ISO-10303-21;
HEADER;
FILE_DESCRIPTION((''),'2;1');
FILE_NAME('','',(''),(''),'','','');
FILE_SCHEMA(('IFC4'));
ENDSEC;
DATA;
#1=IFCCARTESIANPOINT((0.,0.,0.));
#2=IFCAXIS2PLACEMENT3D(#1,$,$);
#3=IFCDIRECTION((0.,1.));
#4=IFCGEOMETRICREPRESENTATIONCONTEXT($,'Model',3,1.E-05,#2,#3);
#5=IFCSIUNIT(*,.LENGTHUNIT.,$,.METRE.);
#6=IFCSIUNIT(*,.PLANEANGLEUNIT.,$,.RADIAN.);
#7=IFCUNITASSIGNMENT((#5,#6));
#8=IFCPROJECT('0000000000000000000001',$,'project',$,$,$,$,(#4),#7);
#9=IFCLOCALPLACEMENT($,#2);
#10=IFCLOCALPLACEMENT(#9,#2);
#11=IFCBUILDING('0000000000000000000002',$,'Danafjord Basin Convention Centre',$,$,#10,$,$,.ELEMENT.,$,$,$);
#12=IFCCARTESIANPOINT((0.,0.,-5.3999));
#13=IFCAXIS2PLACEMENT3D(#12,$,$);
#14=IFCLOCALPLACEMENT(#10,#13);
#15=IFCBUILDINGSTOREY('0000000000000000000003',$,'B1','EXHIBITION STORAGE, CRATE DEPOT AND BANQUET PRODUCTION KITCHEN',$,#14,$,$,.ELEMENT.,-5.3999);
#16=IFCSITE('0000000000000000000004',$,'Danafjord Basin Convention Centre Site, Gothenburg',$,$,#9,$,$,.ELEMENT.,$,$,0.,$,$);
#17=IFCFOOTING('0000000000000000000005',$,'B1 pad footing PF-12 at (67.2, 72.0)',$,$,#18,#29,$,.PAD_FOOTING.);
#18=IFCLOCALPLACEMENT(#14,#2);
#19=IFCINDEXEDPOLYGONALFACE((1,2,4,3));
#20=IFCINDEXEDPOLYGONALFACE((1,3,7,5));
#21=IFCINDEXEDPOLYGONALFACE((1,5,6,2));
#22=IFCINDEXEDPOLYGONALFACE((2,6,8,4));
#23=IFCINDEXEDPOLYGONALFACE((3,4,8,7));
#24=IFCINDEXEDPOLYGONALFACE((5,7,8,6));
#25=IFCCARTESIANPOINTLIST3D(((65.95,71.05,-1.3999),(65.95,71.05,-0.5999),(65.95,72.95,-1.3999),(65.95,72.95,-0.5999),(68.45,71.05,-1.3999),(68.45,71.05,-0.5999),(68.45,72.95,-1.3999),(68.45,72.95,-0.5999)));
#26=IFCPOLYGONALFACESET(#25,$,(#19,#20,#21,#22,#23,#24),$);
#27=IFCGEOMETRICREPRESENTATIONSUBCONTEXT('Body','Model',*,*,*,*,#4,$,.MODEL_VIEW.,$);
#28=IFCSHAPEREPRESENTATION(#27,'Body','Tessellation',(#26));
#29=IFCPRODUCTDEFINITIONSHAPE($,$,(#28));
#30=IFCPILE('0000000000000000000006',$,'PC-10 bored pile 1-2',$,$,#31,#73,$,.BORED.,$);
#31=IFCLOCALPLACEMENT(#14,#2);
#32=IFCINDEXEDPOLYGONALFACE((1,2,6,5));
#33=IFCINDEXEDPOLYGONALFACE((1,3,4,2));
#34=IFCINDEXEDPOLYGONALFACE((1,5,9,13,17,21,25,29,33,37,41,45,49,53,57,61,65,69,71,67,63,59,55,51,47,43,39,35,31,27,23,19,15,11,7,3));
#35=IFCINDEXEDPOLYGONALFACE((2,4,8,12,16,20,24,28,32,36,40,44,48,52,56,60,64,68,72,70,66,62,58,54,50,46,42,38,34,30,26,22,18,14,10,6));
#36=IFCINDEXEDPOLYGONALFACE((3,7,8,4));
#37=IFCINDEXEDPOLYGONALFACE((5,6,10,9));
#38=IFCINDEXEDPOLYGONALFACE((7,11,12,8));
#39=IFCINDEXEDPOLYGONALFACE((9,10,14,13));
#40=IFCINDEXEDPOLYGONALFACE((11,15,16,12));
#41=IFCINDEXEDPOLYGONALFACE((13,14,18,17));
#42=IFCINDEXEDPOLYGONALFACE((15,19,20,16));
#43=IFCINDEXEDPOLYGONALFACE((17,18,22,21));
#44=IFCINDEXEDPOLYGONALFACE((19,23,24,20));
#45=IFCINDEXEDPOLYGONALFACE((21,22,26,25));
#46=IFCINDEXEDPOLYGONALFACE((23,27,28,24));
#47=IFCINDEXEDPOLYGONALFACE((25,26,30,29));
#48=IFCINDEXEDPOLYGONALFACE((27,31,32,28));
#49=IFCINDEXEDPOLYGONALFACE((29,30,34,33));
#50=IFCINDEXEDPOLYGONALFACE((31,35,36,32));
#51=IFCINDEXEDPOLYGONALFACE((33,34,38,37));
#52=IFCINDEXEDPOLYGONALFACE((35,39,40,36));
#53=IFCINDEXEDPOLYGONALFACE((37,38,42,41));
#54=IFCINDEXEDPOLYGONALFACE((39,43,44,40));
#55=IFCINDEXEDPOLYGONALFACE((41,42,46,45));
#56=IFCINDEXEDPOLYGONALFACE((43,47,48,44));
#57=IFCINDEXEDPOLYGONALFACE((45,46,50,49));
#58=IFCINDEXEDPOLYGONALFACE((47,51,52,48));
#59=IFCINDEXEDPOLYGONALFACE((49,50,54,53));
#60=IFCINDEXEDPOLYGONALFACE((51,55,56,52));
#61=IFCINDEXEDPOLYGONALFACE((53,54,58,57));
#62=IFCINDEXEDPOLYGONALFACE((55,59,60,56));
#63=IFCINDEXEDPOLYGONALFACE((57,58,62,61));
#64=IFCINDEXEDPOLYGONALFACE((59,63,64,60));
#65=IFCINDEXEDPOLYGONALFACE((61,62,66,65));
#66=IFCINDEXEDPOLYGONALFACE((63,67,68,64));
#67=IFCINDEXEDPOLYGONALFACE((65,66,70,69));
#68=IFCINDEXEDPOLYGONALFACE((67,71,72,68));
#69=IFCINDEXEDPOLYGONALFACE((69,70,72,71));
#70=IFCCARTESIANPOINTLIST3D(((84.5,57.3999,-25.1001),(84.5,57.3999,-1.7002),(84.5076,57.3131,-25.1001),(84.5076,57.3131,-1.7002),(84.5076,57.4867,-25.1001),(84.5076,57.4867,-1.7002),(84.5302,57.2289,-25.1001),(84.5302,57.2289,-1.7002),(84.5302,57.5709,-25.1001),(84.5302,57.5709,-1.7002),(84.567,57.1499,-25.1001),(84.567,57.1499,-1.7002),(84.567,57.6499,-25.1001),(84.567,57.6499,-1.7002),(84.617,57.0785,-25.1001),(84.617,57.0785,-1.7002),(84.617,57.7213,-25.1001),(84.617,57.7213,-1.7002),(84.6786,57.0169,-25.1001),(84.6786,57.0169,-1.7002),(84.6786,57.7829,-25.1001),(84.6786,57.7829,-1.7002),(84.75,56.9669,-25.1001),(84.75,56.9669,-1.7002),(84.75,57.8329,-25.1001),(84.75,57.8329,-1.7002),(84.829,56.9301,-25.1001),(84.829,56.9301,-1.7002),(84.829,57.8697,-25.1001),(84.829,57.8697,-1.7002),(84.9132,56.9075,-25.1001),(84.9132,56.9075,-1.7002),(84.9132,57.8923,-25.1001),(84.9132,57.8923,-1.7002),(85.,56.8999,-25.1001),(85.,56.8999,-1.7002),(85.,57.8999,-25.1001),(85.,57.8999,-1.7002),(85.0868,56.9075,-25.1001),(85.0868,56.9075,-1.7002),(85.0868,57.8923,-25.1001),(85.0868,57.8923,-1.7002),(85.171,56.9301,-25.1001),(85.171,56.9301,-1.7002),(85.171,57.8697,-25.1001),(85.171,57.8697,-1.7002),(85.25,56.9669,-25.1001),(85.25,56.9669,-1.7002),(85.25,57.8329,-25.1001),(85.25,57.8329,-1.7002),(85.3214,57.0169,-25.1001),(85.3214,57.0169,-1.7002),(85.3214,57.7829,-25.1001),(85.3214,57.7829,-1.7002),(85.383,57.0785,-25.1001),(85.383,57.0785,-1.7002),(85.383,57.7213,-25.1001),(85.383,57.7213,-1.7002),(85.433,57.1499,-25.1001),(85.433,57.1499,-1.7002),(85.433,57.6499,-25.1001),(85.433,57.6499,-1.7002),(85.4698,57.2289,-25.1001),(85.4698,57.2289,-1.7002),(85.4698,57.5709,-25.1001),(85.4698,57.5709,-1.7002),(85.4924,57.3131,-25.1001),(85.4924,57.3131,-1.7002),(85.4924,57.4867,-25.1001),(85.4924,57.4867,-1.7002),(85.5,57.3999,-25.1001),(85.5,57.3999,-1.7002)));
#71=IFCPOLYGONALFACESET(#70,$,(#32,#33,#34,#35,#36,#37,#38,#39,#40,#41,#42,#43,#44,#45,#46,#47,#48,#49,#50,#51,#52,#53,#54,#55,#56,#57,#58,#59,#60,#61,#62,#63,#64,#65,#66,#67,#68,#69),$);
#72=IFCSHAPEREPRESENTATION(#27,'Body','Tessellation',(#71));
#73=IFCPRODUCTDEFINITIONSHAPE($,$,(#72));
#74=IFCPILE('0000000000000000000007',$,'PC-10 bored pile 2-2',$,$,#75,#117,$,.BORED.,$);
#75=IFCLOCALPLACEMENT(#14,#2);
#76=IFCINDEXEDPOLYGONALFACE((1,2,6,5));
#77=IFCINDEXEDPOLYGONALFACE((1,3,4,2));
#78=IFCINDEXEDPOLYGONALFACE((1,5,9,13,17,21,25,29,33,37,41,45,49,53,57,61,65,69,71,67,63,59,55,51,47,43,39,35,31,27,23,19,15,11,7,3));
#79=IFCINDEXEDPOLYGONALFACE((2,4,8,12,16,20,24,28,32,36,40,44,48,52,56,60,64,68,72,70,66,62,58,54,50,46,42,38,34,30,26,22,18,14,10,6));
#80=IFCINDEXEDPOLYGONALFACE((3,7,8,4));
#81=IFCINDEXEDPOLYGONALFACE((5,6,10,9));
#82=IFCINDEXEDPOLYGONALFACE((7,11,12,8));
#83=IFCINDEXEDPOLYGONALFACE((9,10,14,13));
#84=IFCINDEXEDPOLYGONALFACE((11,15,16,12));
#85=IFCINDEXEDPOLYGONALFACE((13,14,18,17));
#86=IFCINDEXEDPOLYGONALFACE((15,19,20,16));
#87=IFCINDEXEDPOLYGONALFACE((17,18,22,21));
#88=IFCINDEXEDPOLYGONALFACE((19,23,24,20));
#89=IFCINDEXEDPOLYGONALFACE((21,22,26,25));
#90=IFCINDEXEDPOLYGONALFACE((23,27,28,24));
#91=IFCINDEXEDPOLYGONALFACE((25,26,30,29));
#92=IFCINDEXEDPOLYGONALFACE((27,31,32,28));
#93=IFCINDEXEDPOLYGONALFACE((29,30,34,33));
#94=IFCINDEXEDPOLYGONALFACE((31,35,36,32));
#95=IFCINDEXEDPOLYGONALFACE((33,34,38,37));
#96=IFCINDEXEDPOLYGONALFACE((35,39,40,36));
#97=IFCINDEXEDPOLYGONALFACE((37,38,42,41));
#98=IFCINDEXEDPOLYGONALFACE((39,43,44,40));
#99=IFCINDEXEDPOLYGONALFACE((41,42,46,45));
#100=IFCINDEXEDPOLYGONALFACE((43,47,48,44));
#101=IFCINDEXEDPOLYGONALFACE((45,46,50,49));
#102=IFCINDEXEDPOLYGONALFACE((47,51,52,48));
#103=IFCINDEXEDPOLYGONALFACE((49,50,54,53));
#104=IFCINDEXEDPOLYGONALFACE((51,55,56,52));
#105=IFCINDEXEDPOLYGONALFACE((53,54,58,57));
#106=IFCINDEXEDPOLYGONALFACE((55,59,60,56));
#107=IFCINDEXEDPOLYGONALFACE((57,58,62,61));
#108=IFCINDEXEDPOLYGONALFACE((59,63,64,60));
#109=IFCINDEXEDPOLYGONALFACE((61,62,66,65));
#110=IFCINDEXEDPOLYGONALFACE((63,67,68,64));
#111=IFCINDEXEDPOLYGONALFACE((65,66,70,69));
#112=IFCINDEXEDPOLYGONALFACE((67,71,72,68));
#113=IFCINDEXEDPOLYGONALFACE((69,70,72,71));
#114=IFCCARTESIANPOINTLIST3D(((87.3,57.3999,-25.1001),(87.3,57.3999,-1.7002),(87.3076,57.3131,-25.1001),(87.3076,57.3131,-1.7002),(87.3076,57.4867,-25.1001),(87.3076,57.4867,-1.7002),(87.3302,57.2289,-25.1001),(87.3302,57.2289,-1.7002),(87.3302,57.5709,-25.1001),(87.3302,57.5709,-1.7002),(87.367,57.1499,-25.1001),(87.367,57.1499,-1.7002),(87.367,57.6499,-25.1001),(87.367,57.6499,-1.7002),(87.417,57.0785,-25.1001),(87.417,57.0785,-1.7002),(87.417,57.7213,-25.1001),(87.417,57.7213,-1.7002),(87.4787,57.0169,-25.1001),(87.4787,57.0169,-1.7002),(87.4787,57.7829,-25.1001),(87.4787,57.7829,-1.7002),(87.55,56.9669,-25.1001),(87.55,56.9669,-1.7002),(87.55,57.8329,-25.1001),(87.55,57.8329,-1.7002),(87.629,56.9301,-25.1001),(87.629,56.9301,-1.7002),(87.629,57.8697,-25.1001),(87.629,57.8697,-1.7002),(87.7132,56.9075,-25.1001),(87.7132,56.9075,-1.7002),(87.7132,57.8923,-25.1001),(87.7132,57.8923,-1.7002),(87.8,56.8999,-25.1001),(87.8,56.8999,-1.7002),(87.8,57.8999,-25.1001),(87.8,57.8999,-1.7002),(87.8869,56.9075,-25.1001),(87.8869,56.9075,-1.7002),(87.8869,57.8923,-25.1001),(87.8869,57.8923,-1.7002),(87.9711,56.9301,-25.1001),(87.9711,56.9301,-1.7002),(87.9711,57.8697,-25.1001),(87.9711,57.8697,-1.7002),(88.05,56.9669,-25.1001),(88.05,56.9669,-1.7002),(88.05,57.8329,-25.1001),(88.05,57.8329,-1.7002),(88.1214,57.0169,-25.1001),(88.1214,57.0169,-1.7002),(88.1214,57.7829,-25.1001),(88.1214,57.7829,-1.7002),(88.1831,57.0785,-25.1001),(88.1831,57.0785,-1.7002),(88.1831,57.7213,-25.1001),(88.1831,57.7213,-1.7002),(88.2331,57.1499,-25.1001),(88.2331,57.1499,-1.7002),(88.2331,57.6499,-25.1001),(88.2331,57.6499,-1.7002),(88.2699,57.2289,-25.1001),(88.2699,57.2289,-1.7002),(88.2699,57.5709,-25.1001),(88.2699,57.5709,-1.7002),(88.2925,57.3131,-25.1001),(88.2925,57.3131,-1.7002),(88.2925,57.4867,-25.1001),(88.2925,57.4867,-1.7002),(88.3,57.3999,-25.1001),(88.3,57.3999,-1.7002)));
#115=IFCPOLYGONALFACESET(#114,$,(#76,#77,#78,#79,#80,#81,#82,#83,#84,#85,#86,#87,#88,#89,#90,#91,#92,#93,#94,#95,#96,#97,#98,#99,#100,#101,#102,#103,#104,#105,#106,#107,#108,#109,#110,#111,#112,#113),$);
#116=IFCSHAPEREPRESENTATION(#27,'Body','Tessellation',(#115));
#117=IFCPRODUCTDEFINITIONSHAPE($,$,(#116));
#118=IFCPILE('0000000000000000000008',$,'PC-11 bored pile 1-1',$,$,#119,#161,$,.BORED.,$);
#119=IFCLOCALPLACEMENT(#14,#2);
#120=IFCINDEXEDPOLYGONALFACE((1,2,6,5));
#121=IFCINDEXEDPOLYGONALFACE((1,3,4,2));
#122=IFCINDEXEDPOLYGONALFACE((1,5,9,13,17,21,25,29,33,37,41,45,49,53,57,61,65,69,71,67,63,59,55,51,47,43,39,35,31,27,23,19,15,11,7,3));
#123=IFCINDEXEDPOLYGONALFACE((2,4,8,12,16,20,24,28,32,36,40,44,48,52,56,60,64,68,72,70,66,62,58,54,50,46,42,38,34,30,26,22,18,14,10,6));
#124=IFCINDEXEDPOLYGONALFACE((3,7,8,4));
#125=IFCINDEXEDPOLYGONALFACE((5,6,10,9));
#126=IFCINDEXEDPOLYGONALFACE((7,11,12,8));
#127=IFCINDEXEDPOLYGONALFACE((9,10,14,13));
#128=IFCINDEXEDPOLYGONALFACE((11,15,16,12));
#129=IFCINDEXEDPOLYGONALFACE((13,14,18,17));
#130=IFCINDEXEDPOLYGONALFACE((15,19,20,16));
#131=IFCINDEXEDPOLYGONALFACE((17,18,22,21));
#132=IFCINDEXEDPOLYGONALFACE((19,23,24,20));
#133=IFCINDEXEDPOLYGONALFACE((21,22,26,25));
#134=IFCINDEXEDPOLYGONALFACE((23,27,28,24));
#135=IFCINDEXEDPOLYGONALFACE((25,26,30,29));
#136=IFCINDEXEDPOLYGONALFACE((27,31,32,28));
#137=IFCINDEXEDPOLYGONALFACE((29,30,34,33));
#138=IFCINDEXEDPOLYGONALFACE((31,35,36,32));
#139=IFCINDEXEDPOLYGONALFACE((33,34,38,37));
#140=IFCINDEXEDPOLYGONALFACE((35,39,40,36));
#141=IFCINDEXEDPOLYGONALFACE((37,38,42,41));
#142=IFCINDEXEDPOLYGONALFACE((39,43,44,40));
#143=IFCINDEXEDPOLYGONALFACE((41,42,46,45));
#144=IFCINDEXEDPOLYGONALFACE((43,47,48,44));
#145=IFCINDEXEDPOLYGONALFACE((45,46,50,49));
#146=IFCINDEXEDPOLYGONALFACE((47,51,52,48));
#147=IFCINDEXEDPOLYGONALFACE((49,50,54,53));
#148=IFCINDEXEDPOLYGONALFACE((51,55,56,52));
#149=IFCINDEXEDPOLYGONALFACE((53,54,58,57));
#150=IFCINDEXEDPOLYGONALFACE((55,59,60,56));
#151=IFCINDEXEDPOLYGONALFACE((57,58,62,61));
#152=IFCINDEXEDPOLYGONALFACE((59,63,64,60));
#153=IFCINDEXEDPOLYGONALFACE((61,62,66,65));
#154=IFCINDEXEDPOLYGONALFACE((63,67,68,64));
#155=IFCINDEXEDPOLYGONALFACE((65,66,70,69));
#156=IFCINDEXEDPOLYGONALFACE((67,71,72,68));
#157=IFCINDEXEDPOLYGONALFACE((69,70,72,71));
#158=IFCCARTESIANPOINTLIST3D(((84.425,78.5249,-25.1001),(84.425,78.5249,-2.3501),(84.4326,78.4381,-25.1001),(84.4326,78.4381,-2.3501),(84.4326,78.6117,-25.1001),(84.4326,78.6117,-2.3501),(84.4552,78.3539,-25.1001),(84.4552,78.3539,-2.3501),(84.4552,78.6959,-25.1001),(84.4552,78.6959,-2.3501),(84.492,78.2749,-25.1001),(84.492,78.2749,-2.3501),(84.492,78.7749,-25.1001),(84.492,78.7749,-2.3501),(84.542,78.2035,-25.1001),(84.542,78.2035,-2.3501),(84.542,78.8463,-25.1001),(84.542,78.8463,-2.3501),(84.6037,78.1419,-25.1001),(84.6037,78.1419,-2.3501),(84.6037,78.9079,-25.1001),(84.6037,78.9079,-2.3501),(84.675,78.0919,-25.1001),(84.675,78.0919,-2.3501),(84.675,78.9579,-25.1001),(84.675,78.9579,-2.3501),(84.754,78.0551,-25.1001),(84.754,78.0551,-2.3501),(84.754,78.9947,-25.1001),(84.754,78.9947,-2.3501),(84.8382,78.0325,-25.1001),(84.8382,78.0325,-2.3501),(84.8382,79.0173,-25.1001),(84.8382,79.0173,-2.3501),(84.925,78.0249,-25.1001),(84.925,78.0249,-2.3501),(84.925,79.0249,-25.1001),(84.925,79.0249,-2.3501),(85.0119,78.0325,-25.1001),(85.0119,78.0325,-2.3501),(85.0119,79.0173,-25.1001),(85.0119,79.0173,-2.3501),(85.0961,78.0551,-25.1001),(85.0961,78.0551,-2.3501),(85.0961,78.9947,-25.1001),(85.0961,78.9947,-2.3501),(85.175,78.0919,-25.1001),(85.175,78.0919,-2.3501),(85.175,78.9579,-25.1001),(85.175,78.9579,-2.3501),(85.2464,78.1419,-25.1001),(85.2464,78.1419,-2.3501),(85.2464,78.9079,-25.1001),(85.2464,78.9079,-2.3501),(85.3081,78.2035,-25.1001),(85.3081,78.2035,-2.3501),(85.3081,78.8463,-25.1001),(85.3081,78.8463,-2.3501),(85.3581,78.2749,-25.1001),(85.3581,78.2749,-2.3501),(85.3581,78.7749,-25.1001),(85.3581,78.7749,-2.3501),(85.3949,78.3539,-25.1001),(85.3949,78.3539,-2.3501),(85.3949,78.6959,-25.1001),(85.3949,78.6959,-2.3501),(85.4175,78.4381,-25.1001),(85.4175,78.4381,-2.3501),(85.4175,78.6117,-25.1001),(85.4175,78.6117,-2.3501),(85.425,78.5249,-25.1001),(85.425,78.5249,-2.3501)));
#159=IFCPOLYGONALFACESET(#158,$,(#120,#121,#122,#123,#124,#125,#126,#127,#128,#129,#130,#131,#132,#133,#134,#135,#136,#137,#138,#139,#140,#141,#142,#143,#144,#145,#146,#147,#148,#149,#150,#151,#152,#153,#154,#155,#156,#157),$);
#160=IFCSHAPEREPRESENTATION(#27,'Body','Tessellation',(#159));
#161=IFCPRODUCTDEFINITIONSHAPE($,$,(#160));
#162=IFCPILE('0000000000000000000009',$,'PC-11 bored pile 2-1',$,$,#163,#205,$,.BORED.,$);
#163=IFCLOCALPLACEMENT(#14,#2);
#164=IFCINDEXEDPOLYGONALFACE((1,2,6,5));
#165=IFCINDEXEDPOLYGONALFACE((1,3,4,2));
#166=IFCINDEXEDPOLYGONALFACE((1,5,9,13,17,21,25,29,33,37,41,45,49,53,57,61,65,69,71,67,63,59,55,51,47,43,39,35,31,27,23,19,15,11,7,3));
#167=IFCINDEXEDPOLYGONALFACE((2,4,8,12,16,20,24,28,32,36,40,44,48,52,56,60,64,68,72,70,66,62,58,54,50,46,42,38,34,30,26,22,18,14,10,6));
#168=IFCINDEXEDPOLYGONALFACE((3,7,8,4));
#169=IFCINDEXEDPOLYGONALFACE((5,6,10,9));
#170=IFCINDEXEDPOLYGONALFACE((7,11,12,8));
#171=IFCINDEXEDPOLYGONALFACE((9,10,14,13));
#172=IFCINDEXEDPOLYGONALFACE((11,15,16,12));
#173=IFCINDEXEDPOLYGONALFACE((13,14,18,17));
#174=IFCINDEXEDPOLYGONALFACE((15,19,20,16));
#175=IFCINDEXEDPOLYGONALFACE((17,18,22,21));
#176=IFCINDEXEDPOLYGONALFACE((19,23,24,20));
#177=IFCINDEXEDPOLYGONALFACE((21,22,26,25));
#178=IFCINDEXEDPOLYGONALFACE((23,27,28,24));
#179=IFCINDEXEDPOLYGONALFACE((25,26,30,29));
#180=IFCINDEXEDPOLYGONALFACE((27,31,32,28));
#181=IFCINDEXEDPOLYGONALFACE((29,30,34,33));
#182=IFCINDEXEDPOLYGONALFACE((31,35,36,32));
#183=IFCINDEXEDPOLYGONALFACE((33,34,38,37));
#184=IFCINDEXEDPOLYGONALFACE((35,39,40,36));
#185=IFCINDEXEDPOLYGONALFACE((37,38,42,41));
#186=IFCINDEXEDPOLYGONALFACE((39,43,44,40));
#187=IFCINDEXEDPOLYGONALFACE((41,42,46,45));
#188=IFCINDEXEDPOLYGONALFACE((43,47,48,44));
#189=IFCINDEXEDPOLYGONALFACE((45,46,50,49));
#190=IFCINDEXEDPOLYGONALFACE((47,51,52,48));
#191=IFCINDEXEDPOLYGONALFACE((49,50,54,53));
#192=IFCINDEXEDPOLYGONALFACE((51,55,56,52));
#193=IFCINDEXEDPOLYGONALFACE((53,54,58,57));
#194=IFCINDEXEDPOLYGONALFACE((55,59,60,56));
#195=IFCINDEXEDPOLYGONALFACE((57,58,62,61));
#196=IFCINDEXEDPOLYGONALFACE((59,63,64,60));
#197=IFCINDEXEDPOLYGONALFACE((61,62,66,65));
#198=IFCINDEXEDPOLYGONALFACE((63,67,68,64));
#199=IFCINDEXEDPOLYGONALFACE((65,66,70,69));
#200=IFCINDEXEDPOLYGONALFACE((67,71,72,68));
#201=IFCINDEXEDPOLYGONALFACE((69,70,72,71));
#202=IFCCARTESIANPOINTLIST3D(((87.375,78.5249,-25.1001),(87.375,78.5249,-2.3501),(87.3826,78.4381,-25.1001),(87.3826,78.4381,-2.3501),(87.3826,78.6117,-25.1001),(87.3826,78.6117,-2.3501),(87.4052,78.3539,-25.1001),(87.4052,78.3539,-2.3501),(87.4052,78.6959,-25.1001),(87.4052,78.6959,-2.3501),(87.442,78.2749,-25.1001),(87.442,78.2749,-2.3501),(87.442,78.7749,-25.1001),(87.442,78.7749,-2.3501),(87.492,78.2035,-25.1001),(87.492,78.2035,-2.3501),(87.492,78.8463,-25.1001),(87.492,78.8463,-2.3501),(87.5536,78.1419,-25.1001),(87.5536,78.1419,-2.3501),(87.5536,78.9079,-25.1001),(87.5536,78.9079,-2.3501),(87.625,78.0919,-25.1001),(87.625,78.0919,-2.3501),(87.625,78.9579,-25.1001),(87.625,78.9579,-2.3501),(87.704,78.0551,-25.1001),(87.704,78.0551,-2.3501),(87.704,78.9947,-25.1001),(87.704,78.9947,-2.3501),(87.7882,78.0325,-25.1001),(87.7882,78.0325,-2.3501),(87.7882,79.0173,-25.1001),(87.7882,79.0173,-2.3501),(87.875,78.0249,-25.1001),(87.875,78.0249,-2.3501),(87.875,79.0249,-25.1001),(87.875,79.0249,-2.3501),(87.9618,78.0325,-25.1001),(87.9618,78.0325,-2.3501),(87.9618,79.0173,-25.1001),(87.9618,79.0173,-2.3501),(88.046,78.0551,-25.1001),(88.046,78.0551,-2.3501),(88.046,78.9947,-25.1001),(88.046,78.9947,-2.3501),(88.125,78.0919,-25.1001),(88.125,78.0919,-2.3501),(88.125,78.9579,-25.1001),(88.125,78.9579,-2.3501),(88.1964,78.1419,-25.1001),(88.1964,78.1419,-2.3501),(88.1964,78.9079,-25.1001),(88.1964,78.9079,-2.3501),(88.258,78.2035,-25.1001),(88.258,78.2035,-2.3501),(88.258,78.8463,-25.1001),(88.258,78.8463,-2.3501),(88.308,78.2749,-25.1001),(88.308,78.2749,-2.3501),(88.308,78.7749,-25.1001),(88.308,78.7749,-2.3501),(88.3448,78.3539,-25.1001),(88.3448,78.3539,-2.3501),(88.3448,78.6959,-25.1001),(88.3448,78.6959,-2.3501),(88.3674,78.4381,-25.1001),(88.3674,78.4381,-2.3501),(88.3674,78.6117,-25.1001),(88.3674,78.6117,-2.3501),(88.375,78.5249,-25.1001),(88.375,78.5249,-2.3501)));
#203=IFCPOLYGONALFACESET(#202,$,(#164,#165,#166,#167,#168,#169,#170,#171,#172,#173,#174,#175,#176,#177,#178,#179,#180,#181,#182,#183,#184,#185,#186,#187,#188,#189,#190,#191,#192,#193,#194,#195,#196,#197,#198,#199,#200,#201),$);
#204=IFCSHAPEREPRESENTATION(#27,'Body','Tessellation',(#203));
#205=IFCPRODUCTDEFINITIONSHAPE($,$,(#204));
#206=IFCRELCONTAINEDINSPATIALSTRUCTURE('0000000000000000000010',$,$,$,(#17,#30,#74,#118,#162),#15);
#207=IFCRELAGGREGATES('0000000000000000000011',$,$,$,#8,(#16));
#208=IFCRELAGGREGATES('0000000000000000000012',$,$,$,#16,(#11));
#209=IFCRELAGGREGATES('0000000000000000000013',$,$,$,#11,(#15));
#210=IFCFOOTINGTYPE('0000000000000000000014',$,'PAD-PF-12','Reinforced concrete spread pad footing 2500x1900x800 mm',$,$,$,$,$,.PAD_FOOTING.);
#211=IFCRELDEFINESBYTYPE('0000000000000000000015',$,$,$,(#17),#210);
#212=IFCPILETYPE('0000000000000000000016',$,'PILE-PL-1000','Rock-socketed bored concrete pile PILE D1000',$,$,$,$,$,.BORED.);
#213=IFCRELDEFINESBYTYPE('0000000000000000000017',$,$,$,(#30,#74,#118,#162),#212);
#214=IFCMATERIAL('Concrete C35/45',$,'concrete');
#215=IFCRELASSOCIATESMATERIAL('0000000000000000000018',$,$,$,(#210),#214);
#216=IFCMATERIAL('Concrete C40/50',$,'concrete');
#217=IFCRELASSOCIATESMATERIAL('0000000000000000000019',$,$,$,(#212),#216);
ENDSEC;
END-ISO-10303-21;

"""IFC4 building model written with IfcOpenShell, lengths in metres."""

from ifc_helpers import new_model, si_unit, direction, frame, origin, origin_2d, place, context, subcontext, project, spatial, rectangle, circle, extrude, material, material_profile, profile_set, type_object, element, save


model = new_model("IFC4")

# Units and contexts
model_context = context("Model", 3, precision=1e-05, world=origin(), true_north=direction((0.0, 1.0)))
body_context = subcontext(model_context, "Body", "Model", "MODEL_VIEW")
ifc_project = project(units=[si_unit("LENGTHUNIT", "METRE"), si_unit("PLANEANGLEUNIT", "RADIAN")], contexts=[model_context])

# Site, building, storey
site_placement = place(None, origin())
site = spatial("IfcSite", under=ifc_project, at=site_placement, Name="Danafjord Basin Convention Centre Site, Gothenburg", CompositionType="ELEMENT", RefElevation=0.0)
building_placement = place(site_placement, origin())
building = spatial("IfcBuilding", under=site, at=building_placement, Name="Danafjord Basin Convention Centre", CompositionType="ELEMENT")
storey_placement = place(building_placement, frame((0.0, 0.0, -5.3999)))
storey = spatial("IfcBuildingStorey", under=building, at=storey_placement, Name="B1", Description="EXHIBITION STORAGE, CRATE DEPOT AND BANQUET PRODUCTION KITCHEN", CompositionType="ELEMENT", Elevation=-5.3999)

# Footing
ifc_material_1 = material(Name="Concrete C40/50", Category="concrete")
ifc_material_2 = material(Name="Concrete C35/45", Category="concrete")
footing_type_1 = type_object("IfcFootingType", Name="PAD-PF-12", Description="Reinforced concrete spread pad footing 2500x1900x800 mm", PredefinedType="PAD_FOOTING", material=ifc_material_2)
footing_1_placement = place(storey_placement, frame((67.2, 72.0, -1.3999), z_axis=(0.0, 0.0, 1.0), x_axis=(1.0, 0.0, 0.0)))
element("IfcFooting", 1, at=footing_1_placement, inside=storey, type_object=footing_type_1, Name="B1 pad footing PF-12 at (67.2, 72.0)", PredefinedType="PAD_FOOTING", context=body_context, shape_type="SweptSolid", body=[
    extrude(rectangle(XDim=2.5, YDim=1.8999, at=origin_2d()), origin(), (0.0, 0.0, 1.0), 0.8),
])

# Piles
ifc_material_profile_1 = material_profile(ifc_material_1, circle(Radius=0.5, at=origin_2d()), Name="PILE D1000")
ifc_profile_set_1 = profile_set([ifc_material_profile_1], Name="Concrete C40/50")
pile_type_1 = type_object("IfcPileType", Name="PILE-PL-1000", Description="Rock-socketed bored concrete pile PILE D1000", PredefinedType="BORED", material=ifc_profile_set_1)
for number, where, z_axis, x_axis, name in (
    (2, (85.0, 57.3999, -1.7002), (0.0, 0.0, -1.0), (1.0, 0.0, 0.0), "PC-10 bored pile 1-2"),
    (3, (87.8, 57.3999, -1.7002), (0.0, 0.0, -1.0), (1.0, 0.0, 0.0), "PC-10 bored pile 2-2"),
):
    element("IfcPile", number, at=place(storey_placement, frame(where, z_axis=z_axis, x_axis=x_axis)), inside=storey, type_object=pile_type_1, Name=name, PredefinedType="BORED", context=body_context, shape_type="SweptSolid", body=[
        extrude(circle(Radius=0.5, at=origin_2d()), origin(), (0.0, 0.0, 1.0), 23.3999),
    ])
for number, where, z_axis, x_axis, name in (
    (4, (84.925, 78.5249, -2.3501), (0.0, 0.0, -1.0), (1.0, 0.0, 0.0), "PC-11 bored pile 1-1"),
    (5, (87.875, 78.5249, -2.3501), (0.0, 0.0, -1.0), (1.0, 0.0, 0.0), "PC-11 bored pile 2-1"),
):
    element("IfcPile", number, at=place(storey_placement, frame(where, z_axis=z_axis, x_axis=x_axis)), inside=storey, type_object=pile_type_1, Name=name, PredefinedType="BORED", context=body_context, shape_type="SweptSolid", body=[
        extrude(circle(Radius=0.5, at=origin_2d()), origin(), (0.0, 0.0, 1.0), 22.75),
    ])

save(model, "model.ifc")
